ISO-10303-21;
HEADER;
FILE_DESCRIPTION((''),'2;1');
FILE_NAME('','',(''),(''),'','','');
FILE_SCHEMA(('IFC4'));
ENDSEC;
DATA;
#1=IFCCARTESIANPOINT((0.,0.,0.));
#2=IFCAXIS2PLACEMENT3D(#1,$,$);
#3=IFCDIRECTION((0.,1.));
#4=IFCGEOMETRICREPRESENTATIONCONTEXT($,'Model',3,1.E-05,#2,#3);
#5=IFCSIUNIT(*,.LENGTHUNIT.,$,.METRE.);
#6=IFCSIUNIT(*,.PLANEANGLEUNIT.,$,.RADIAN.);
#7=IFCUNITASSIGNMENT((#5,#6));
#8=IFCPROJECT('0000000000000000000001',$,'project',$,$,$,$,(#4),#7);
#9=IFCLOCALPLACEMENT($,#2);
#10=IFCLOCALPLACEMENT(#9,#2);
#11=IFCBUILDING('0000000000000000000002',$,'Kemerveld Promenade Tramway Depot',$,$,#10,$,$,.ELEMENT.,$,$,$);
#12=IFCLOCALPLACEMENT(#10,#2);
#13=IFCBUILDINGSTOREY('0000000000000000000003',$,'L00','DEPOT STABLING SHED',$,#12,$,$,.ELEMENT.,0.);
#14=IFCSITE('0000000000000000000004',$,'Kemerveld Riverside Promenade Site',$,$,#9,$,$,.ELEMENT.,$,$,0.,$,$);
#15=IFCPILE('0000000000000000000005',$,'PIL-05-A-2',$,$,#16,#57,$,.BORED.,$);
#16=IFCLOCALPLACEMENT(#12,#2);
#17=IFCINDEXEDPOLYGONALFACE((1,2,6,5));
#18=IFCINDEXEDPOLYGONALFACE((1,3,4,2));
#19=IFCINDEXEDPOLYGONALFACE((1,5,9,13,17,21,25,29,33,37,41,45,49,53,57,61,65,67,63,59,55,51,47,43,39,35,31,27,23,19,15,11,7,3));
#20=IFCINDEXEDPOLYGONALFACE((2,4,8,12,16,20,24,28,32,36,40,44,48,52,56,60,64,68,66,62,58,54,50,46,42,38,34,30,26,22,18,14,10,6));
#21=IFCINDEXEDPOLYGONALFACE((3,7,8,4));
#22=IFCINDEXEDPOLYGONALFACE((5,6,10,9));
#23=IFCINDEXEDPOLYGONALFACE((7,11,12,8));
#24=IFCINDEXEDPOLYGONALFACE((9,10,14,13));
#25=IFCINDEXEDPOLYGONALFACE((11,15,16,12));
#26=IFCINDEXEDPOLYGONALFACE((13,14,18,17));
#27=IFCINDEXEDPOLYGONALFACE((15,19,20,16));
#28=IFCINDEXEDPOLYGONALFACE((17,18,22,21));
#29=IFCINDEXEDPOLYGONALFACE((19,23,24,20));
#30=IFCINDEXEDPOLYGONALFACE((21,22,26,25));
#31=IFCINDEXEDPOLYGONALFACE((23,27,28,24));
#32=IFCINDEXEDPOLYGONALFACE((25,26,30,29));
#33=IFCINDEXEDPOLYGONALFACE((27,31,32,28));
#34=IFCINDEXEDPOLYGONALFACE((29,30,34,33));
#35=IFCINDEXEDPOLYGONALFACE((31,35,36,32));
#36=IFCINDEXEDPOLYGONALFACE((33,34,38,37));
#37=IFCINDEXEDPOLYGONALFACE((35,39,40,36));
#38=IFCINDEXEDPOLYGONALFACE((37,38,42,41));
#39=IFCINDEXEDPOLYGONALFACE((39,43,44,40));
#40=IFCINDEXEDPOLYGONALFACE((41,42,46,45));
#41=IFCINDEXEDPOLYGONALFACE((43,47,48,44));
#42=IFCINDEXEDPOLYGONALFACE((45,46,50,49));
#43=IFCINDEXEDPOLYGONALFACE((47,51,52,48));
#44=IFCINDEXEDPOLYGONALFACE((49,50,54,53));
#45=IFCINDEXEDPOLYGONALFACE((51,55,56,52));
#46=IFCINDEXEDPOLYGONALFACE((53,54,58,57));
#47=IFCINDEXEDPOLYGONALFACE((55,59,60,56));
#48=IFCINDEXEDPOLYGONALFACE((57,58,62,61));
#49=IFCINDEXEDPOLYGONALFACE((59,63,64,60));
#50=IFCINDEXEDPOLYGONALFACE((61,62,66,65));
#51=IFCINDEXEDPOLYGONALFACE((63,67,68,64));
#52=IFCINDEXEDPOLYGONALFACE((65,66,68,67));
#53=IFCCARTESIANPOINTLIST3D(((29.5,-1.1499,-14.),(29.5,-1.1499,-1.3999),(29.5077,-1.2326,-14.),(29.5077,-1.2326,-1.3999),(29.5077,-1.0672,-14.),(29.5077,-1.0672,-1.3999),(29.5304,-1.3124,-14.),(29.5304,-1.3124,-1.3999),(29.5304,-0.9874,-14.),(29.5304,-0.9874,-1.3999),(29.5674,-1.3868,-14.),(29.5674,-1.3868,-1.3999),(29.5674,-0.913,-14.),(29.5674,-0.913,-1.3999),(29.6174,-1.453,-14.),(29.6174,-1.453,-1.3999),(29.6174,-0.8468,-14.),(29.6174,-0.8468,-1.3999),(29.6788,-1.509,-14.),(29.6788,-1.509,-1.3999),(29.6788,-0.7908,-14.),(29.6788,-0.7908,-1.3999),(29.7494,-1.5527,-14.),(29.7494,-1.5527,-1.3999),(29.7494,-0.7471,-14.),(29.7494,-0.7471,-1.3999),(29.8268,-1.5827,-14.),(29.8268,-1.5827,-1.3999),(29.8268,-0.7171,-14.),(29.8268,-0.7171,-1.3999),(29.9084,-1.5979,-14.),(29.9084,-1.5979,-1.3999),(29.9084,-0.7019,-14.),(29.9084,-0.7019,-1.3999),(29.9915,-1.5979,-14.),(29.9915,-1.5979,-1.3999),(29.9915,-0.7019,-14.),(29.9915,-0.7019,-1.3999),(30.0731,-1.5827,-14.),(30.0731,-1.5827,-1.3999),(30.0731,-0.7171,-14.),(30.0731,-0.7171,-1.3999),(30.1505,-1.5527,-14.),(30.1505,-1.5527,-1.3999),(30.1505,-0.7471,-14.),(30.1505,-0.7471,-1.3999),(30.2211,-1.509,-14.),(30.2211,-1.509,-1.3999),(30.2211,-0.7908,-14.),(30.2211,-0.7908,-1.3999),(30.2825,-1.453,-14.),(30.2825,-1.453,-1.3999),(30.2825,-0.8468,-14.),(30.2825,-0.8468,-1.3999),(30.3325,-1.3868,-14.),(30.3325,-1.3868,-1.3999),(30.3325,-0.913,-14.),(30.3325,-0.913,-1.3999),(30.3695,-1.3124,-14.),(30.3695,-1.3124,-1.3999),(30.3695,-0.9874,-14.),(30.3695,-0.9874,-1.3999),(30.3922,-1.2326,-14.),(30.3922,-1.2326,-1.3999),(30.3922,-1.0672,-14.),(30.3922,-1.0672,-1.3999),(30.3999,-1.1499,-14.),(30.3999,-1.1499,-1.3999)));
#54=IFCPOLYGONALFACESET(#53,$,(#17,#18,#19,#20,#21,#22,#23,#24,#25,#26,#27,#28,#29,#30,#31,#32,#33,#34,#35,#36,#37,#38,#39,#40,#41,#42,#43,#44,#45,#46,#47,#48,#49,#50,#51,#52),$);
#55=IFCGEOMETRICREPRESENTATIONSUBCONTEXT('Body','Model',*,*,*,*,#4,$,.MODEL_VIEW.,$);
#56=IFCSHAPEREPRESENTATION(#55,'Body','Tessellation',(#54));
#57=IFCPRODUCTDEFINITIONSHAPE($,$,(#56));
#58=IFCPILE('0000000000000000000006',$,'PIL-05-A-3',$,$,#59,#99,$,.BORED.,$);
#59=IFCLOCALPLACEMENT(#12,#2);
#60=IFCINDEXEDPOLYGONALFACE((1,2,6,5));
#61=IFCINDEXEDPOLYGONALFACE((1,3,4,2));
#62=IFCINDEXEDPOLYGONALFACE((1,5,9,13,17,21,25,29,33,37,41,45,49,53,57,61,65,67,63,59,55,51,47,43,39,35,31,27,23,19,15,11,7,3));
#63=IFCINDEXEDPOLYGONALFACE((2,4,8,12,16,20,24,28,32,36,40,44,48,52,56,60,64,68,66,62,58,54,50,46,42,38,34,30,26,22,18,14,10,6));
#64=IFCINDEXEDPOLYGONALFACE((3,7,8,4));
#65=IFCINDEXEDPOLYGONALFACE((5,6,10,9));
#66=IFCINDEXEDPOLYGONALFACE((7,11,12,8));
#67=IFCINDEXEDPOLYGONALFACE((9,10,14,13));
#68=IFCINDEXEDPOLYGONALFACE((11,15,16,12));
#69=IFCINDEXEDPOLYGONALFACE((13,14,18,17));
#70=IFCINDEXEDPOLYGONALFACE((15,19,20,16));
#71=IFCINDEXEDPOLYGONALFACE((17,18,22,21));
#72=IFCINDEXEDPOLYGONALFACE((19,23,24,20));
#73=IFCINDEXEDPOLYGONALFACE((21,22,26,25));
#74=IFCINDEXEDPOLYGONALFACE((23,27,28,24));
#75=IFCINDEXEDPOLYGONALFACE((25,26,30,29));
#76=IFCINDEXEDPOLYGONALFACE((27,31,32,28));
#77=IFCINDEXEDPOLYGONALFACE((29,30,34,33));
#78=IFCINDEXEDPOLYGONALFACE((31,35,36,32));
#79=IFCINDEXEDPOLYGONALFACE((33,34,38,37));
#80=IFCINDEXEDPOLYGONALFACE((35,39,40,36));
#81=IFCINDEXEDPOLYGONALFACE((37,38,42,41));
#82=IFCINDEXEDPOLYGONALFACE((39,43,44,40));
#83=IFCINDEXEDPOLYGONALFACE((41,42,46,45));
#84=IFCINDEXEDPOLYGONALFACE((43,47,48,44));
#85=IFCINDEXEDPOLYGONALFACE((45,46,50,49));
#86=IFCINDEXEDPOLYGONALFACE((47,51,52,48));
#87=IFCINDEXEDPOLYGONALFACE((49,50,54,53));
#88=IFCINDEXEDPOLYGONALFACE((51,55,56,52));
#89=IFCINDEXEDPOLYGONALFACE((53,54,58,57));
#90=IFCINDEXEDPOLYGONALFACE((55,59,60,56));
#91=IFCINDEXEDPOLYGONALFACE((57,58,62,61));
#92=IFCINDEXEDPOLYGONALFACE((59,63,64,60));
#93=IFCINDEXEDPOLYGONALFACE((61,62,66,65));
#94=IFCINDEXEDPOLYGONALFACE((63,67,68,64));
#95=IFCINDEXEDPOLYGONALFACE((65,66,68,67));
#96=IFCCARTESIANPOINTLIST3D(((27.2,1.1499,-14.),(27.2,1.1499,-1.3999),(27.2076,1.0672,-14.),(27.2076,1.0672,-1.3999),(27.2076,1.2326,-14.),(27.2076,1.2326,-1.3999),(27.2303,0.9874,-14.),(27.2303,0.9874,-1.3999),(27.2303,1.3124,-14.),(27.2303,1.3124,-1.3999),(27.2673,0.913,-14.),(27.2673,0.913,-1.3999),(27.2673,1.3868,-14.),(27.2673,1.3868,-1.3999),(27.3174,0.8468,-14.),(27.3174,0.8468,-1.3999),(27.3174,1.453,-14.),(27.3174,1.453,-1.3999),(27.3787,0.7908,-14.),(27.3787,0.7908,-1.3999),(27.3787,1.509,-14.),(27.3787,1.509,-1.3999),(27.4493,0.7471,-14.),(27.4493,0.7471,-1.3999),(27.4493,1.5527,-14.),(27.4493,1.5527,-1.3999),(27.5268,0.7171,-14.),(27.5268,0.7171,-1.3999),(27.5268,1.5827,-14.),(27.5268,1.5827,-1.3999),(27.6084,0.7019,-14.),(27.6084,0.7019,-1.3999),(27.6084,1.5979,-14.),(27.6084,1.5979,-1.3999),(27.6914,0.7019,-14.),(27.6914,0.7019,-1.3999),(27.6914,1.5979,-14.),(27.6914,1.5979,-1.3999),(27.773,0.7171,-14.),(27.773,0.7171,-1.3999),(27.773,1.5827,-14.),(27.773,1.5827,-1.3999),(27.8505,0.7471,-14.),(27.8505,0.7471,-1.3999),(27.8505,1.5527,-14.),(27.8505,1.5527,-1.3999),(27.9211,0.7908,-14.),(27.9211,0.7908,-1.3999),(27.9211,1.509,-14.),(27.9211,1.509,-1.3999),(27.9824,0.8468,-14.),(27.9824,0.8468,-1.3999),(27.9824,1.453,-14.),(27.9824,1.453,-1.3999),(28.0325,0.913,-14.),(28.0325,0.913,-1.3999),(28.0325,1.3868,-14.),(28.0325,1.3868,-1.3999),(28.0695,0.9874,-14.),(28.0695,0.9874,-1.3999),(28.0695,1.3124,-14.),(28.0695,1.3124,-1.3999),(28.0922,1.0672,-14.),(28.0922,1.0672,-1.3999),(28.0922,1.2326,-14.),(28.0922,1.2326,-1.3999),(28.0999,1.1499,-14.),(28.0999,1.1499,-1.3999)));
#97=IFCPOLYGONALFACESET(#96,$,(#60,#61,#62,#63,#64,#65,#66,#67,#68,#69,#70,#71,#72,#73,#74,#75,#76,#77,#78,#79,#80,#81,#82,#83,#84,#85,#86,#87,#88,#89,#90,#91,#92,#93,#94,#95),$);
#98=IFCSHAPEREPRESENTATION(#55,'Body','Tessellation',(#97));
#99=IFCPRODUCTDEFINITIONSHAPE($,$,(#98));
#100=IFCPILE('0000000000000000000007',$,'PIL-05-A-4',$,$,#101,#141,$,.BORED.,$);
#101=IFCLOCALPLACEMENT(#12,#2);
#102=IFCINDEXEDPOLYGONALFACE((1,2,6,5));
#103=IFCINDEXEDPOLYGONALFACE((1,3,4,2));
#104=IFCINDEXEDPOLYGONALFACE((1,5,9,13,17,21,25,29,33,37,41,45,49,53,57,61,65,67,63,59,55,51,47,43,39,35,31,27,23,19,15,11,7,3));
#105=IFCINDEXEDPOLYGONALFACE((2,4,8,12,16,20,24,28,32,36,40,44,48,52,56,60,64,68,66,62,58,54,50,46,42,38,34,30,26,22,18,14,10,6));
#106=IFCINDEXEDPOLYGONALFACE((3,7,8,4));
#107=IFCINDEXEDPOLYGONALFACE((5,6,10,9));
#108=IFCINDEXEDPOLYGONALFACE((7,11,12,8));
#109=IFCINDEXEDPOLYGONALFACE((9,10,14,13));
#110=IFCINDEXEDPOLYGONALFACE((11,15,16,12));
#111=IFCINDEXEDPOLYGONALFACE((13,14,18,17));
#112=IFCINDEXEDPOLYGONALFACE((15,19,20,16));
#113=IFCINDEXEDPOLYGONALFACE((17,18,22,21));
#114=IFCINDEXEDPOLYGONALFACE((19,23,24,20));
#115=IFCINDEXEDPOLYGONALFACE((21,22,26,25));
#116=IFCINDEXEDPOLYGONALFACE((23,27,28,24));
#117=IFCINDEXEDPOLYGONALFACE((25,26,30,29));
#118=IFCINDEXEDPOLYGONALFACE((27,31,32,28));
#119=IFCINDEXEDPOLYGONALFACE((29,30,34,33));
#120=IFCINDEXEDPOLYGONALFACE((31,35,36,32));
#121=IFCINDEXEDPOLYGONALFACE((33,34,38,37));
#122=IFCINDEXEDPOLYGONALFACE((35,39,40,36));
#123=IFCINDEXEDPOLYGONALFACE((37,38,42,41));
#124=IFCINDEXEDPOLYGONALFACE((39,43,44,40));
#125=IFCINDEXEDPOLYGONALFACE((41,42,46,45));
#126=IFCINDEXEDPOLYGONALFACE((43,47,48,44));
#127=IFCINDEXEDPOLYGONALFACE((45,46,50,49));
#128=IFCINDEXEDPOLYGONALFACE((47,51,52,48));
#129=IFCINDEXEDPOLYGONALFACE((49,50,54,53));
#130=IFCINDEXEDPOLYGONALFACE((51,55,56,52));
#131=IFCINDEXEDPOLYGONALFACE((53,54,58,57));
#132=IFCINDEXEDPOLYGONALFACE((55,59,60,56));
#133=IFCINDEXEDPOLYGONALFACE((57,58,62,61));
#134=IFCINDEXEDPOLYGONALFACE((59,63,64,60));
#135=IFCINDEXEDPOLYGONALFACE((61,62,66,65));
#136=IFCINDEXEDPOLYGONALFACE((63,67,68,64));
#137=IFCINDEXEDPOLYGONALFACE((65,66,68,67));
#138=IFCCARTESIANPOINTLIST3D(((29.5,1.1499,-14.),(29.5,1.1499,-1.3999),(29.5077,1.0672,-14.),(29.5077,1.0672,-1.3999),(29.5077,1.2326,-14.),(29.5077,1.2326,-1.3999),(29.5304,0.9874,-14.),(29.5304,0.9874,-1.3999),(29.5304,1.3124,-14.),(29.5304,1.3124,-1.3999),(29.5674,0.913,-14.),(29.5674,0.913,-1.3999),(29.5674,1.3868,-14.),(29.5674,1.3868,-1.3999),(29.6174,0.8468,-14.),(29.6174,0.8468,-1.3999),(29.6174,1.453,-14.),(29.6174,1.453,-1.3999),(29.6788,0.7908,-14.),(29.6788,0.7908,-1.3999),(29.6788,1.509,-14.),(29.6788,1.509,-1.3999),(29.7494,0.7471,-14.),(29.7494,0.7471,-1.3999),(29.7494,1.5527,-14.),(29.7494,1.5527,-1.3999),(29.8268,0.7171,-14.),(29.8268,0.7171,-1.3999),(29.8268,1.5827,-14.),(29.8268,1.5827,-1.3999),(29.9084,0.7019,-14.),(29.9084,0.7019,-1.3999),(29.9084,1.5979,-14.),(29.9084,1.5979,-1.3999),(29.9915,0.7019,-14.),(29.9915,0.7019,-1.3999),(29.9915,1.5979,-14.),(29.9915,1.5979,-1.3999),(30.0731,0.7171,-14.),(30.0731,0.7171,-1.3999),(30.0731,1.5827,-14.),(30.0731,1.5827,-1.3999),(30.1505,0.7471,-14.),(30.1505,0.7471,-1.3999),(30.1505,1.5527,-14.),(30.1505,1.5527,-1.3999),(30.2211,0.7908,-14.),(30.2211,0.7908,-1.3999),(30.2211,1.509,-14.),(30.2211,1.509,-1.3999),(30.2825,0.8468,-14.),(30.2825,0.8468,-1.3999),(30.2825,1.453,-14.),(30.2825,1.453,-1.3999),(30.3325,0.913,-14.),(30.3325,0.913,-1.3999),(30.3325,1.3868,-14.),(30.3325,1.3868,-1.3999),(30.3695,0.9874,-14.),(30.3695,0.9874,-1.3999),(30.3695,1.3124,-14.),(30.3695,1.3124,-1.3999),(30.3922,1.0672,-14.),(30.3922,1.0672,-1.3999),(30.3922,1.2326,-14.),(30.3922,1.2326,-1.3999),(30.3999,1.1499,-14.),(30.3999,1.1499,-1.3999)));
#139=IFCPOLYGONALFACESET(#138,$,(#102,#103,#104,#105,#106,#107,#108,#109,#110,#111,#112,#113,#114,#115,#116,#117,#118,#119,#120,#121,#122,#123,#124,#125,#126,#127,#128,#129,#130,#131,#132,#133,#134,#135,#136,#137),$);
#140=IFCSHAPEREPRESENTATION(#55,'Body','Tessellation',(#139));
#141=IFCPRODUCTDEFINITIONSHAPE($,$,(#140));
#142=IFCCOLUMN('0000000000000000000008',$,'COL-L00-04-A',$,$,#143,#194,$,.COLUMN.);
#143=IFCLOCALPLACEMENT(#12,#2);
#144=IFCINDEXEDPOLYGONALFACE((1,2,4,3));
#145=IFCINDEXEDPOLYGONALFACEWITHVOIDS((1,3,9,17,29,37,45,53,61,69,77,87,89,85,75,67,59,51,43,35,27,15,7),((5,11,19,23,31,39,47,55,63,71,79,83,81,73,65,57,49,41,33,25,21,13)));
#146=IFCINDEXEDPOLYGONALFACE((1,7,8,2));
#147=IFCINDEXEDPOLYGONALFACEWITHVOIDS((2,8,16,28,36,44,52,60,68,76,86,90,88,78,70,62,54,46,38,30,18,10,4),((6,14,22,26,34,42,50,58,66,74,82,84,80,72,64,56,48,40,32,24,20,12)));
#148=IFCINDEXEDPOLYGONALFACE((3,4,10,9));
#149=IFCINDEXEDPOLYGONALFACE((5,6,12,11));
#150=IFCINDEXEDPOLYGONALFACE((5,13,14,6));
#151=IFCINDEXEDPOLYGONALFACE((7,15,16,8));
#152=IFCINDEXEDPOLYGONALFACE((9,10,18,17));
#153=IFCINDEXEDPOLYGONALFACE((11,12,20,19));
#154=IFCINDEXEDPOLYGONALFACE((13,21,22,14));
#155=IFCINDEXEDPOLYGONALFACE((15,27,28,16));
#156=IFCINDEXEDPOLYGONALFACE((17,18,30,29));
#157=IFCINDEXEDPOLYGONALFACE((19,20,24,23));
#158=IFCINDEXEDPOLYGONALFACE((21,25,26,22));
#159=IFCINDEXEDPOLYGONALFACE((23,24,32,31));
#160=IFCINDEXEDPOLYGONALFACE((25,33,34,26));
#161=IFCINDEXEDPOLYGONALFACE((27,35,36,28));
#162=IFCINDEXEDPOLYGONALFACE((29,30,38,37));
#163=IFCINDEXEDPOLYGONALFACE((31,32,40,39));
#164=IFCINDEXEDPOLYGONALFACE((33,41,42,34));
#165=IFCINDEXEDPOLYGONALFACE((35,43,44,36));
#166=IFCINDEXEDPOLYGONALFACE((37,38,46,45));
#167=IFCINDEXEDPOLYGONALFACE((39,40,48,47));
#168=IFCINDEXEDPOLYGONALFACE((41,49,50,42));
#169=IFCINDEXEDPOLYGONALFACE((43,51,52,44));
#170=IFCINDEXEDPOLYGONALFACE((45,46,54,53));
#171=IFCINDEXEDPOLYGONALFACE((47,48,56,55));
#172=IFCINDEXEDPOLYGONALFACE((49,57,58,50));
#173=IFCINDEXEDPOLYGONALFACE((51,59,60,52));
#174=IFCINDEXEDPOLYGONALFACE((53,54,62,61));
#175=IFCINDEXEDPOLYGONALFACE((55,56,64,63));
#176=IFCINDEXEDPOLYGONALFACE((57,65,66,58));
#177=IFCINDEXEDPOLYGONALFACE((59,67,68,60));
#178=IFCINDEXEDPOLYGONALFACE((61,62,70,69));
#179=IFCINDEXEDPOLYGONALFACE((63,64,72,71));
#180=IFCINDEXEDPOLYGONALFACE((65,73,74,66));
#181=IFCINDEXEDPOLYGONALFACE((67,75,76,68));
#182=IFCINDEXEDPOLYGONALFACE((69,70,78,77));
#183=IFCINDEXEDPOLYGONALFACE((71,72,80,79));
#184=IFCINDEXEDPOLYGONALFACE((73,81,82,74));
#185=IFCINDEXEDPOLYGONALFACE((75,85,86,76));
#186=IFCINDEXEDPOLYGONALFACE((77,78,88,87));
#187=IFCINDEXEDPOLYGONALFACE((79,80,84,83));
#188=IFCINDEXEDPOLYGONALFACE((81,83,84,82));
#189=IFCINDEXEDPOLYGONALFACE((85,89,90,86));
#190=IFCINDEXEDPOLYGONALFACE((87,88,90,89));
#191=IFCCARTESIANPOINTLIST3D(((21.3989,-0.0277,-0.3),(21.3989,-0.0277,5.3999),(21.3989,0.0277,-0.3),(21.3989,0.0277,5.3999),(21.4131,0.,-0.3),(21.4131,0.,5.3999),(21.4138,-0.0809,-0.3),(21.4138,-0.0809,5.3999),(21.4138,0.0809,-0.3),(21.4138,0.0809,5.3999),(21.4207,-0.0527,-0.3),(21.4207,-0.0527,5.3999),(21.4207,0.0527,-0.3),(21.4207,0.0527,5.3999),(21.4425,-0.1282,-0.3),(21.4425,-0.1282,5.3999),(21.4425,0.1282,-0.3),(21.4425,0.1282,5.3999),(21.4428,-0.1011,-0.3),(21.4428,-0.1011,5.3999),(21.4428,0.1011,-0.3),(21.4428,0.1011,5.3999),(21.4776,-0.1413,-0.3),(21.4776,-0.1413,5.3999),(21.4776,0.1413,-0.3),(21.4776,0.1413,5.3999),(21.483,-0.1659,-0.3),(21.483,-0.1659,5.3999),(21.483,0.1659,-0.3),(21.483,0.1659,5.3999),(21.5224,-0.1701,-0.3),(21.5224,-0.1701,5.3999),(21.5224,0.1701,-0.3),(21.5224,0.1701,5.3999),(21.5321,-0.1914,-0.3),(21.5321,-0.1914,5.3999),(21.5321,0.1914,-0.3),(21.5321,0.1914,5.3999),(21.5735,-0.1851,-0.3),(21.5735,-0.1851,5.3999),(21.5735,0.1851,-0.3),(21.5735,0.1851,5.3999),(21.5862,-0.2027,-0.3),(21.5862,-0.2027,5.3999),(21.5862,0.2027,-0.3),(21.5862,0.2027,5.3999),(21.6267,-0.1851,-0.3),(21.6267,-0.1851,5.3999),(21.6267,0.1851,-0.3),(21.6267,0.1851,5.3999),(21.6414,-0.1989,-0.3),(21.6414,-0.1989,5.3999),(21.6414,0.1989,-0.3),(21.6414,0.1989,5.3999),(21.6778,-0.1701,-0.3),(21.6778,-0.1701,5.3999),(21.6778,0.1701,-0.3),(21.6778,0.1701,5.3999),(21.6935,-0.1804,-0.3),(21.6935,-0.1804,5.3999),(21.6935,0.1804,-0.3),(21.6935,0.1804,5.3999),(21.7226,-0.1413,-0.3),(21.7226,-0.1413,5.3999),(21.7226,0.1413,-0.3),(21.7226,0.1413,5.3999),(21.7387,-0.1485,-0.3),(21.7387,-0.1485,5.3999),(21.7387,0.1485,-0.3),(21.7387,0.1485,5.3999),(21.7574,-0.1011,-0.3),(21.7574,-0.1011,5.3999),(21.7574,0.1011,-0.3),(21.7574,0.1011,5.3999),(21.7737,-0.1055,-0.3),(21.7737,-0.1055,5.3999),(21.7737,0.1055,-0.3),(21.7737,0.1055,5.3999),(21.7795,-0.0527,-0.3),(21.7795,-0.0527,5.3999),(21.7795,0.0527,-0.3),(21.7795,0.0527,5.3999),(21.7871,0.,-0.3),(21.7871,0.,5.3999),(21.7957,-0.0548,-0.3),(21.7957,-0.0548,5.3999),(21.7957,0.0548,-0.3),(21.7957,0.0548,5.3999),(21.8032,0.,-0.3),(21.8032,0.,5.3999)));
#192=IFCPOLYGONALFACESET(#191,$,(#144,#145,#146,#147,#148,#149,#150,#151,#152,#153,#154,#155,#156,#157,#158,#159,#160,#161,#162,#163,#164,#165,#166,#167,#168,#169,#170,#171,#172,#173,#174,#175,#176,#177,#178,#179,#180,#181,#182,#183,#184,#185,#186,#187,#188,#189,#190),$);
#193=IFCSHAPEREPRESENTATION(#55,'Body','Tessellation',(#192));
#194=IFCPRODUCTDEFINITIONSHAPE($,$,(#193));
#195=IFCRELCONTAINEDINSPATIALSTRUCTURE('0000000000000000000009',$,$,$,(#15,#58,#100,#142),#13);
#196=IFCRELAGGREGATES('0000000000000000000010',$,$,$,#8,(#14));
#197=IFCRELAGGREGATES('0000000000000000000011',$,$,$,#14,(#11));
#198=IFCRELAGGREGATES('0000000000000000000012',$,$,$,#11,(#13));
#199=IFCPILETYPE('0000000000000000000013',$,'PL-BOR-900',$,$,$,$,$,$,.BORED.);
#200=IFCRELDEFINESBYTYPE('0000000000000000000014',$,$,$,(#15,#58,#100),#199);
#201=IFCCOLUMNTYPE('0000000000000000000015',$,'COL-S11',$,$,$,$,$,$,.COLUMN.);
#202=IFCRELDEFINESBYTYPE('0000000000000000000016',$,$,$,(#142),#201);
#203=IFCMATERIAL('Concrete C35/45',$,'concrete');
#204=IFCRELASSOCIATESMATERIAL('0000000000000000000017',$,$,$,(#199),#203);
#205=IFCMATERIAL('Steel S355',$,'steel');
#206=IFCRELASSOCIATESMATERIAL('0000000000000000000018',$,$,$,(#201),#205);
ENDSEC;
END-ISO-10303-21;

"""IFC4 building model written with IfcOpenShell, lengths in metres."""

from ifc_helpers import new_model, si_unit, direction, frame, origin, origin_2d, place, context, subcontext, project, spatial, circle, hollow_circle, extrude, material, material_profile, profile_set, type_object, element, save


model = new_model("IFC4")

# Units and contexts
model_context = context("Model", 3, precision=1e-05, world=origin(), true_north=direction((0.0, 1.0)))
body_context = subcontext(model_context, "Body", "Model", "MODEL_VIEW")
ifc_project = project(units=[si_unit("LENGTHUNIT", "METRE"), si_unit("PLANEANGLEUNIT", "RADIAN")], contexts=[model_context])

# Site, building, storey
site_placement = place(None, origin())
site = spatial("IfcSite", under=ifc_project, at=site_placement, Name="Kemerveld Riverside Promenade Site", CompositionType="ELEMENT", RefElevation=0.0)
building_placement = place(site_placement, origin())
building = spatial("IfcBuilding", under=site, at=building_placement, Name="Kemerveld Promenade Tramway Depot", CompositionType="ELEMENT")
storey_placement = place(building_placement, origin())
storey = spatial("IfcBuildingStorey", under=building, at=storey_placement, Name="L00", Description="DEPOT STABLING SHED", CompositionType="ELEMENT", Elevation=0.0)

# Shared definitions
ifc_material_1 = material(Name="Concrete C35/45", Category="concrete")

# Piles
ifc_material_profile_1 = material_profile(ifc_material_1, circle(Radius=0.45, at=origin_2d()), Name="PILE-D900")
ifc_profile_set_1 = profile_set([ifc_material_profile_1], Name="Concrete C35/45")
pile_type = type_object("IfcPileType", Name="PL-BOR-900", PredefinedType="BORED", material=ifc_profile_set_1)
for number, where, z_axis, x_axis, name in (
    (1, (29.95, -1.1499, -1.3999), (0.0, 0.0, -1.0), (1.0, 0.0, 0.0), "PIL-05-A-2"),
    (2, (27.6499, 1.1499, -1.3999), (0.0, 0.0, -1.0), (1.0, 0.0, 0.0), "PIL-05-A-3"),
    (3, (29.95, 1.1499, -1.3999), (0.0, 0.0, -1.0), (1.0, 0.0, 0.0), "PIL-05-A-4"),
):
    element("IfcPile", number, at=place(storey_placement, frame(where, z_axis=z_axis, x_axis=x_axis)), inside=storey, type_object=pile_type, Name=name, PredefinedType="BORED", context=body_context, shape_type="SweptSolid", body=[
        extrude(circle(Radius=0.45, at=origin_2d()), origin(), (0.0, 0.0, 1.0), 12.6001),
    ])

# Column
ifc_material_2 = material(Name="Steel S355", Category="steel")
ifc_material_profile_2 = material_profile(ifc_material_2, hollow_circle(Radius=0.2031, WallThickness=0.0161, at=origin_2d()), Name="406.4x16.0 CHS")
ifc_profile_set_2 = profile_set([ifc_material_profile_2], Name="Steel S355")
column_type = type_object("IfcColumnType", Name="COL-S11", PredefinedType="COLUMN", material=ifc_profile_set_2)
for number, where, z_axis, x_axis, name in (
    (4, (21.6001, 0.0, -0.3), (0.0, 0.0, 1.0), (1.0, 0.0, 0.0), "COL-L00-04-A"),
):
    element("IfcColumn", number, at=place(storey_placement, frame(where, z_axis=z_axis, x_axis=x_axis)), inside=storey, type_object=column_type, Name=name, PredefinedType="COLUMN", context=body_context, shape_type="SweptSolid", body=[
        extrude(hollow_circle(Radius=0.2031, WallThickness=0.0161, at=origin_2d()), origin(), (0.0, 0.0, 1.0), 5.7),
    ])

save(model, "model.ifc")
